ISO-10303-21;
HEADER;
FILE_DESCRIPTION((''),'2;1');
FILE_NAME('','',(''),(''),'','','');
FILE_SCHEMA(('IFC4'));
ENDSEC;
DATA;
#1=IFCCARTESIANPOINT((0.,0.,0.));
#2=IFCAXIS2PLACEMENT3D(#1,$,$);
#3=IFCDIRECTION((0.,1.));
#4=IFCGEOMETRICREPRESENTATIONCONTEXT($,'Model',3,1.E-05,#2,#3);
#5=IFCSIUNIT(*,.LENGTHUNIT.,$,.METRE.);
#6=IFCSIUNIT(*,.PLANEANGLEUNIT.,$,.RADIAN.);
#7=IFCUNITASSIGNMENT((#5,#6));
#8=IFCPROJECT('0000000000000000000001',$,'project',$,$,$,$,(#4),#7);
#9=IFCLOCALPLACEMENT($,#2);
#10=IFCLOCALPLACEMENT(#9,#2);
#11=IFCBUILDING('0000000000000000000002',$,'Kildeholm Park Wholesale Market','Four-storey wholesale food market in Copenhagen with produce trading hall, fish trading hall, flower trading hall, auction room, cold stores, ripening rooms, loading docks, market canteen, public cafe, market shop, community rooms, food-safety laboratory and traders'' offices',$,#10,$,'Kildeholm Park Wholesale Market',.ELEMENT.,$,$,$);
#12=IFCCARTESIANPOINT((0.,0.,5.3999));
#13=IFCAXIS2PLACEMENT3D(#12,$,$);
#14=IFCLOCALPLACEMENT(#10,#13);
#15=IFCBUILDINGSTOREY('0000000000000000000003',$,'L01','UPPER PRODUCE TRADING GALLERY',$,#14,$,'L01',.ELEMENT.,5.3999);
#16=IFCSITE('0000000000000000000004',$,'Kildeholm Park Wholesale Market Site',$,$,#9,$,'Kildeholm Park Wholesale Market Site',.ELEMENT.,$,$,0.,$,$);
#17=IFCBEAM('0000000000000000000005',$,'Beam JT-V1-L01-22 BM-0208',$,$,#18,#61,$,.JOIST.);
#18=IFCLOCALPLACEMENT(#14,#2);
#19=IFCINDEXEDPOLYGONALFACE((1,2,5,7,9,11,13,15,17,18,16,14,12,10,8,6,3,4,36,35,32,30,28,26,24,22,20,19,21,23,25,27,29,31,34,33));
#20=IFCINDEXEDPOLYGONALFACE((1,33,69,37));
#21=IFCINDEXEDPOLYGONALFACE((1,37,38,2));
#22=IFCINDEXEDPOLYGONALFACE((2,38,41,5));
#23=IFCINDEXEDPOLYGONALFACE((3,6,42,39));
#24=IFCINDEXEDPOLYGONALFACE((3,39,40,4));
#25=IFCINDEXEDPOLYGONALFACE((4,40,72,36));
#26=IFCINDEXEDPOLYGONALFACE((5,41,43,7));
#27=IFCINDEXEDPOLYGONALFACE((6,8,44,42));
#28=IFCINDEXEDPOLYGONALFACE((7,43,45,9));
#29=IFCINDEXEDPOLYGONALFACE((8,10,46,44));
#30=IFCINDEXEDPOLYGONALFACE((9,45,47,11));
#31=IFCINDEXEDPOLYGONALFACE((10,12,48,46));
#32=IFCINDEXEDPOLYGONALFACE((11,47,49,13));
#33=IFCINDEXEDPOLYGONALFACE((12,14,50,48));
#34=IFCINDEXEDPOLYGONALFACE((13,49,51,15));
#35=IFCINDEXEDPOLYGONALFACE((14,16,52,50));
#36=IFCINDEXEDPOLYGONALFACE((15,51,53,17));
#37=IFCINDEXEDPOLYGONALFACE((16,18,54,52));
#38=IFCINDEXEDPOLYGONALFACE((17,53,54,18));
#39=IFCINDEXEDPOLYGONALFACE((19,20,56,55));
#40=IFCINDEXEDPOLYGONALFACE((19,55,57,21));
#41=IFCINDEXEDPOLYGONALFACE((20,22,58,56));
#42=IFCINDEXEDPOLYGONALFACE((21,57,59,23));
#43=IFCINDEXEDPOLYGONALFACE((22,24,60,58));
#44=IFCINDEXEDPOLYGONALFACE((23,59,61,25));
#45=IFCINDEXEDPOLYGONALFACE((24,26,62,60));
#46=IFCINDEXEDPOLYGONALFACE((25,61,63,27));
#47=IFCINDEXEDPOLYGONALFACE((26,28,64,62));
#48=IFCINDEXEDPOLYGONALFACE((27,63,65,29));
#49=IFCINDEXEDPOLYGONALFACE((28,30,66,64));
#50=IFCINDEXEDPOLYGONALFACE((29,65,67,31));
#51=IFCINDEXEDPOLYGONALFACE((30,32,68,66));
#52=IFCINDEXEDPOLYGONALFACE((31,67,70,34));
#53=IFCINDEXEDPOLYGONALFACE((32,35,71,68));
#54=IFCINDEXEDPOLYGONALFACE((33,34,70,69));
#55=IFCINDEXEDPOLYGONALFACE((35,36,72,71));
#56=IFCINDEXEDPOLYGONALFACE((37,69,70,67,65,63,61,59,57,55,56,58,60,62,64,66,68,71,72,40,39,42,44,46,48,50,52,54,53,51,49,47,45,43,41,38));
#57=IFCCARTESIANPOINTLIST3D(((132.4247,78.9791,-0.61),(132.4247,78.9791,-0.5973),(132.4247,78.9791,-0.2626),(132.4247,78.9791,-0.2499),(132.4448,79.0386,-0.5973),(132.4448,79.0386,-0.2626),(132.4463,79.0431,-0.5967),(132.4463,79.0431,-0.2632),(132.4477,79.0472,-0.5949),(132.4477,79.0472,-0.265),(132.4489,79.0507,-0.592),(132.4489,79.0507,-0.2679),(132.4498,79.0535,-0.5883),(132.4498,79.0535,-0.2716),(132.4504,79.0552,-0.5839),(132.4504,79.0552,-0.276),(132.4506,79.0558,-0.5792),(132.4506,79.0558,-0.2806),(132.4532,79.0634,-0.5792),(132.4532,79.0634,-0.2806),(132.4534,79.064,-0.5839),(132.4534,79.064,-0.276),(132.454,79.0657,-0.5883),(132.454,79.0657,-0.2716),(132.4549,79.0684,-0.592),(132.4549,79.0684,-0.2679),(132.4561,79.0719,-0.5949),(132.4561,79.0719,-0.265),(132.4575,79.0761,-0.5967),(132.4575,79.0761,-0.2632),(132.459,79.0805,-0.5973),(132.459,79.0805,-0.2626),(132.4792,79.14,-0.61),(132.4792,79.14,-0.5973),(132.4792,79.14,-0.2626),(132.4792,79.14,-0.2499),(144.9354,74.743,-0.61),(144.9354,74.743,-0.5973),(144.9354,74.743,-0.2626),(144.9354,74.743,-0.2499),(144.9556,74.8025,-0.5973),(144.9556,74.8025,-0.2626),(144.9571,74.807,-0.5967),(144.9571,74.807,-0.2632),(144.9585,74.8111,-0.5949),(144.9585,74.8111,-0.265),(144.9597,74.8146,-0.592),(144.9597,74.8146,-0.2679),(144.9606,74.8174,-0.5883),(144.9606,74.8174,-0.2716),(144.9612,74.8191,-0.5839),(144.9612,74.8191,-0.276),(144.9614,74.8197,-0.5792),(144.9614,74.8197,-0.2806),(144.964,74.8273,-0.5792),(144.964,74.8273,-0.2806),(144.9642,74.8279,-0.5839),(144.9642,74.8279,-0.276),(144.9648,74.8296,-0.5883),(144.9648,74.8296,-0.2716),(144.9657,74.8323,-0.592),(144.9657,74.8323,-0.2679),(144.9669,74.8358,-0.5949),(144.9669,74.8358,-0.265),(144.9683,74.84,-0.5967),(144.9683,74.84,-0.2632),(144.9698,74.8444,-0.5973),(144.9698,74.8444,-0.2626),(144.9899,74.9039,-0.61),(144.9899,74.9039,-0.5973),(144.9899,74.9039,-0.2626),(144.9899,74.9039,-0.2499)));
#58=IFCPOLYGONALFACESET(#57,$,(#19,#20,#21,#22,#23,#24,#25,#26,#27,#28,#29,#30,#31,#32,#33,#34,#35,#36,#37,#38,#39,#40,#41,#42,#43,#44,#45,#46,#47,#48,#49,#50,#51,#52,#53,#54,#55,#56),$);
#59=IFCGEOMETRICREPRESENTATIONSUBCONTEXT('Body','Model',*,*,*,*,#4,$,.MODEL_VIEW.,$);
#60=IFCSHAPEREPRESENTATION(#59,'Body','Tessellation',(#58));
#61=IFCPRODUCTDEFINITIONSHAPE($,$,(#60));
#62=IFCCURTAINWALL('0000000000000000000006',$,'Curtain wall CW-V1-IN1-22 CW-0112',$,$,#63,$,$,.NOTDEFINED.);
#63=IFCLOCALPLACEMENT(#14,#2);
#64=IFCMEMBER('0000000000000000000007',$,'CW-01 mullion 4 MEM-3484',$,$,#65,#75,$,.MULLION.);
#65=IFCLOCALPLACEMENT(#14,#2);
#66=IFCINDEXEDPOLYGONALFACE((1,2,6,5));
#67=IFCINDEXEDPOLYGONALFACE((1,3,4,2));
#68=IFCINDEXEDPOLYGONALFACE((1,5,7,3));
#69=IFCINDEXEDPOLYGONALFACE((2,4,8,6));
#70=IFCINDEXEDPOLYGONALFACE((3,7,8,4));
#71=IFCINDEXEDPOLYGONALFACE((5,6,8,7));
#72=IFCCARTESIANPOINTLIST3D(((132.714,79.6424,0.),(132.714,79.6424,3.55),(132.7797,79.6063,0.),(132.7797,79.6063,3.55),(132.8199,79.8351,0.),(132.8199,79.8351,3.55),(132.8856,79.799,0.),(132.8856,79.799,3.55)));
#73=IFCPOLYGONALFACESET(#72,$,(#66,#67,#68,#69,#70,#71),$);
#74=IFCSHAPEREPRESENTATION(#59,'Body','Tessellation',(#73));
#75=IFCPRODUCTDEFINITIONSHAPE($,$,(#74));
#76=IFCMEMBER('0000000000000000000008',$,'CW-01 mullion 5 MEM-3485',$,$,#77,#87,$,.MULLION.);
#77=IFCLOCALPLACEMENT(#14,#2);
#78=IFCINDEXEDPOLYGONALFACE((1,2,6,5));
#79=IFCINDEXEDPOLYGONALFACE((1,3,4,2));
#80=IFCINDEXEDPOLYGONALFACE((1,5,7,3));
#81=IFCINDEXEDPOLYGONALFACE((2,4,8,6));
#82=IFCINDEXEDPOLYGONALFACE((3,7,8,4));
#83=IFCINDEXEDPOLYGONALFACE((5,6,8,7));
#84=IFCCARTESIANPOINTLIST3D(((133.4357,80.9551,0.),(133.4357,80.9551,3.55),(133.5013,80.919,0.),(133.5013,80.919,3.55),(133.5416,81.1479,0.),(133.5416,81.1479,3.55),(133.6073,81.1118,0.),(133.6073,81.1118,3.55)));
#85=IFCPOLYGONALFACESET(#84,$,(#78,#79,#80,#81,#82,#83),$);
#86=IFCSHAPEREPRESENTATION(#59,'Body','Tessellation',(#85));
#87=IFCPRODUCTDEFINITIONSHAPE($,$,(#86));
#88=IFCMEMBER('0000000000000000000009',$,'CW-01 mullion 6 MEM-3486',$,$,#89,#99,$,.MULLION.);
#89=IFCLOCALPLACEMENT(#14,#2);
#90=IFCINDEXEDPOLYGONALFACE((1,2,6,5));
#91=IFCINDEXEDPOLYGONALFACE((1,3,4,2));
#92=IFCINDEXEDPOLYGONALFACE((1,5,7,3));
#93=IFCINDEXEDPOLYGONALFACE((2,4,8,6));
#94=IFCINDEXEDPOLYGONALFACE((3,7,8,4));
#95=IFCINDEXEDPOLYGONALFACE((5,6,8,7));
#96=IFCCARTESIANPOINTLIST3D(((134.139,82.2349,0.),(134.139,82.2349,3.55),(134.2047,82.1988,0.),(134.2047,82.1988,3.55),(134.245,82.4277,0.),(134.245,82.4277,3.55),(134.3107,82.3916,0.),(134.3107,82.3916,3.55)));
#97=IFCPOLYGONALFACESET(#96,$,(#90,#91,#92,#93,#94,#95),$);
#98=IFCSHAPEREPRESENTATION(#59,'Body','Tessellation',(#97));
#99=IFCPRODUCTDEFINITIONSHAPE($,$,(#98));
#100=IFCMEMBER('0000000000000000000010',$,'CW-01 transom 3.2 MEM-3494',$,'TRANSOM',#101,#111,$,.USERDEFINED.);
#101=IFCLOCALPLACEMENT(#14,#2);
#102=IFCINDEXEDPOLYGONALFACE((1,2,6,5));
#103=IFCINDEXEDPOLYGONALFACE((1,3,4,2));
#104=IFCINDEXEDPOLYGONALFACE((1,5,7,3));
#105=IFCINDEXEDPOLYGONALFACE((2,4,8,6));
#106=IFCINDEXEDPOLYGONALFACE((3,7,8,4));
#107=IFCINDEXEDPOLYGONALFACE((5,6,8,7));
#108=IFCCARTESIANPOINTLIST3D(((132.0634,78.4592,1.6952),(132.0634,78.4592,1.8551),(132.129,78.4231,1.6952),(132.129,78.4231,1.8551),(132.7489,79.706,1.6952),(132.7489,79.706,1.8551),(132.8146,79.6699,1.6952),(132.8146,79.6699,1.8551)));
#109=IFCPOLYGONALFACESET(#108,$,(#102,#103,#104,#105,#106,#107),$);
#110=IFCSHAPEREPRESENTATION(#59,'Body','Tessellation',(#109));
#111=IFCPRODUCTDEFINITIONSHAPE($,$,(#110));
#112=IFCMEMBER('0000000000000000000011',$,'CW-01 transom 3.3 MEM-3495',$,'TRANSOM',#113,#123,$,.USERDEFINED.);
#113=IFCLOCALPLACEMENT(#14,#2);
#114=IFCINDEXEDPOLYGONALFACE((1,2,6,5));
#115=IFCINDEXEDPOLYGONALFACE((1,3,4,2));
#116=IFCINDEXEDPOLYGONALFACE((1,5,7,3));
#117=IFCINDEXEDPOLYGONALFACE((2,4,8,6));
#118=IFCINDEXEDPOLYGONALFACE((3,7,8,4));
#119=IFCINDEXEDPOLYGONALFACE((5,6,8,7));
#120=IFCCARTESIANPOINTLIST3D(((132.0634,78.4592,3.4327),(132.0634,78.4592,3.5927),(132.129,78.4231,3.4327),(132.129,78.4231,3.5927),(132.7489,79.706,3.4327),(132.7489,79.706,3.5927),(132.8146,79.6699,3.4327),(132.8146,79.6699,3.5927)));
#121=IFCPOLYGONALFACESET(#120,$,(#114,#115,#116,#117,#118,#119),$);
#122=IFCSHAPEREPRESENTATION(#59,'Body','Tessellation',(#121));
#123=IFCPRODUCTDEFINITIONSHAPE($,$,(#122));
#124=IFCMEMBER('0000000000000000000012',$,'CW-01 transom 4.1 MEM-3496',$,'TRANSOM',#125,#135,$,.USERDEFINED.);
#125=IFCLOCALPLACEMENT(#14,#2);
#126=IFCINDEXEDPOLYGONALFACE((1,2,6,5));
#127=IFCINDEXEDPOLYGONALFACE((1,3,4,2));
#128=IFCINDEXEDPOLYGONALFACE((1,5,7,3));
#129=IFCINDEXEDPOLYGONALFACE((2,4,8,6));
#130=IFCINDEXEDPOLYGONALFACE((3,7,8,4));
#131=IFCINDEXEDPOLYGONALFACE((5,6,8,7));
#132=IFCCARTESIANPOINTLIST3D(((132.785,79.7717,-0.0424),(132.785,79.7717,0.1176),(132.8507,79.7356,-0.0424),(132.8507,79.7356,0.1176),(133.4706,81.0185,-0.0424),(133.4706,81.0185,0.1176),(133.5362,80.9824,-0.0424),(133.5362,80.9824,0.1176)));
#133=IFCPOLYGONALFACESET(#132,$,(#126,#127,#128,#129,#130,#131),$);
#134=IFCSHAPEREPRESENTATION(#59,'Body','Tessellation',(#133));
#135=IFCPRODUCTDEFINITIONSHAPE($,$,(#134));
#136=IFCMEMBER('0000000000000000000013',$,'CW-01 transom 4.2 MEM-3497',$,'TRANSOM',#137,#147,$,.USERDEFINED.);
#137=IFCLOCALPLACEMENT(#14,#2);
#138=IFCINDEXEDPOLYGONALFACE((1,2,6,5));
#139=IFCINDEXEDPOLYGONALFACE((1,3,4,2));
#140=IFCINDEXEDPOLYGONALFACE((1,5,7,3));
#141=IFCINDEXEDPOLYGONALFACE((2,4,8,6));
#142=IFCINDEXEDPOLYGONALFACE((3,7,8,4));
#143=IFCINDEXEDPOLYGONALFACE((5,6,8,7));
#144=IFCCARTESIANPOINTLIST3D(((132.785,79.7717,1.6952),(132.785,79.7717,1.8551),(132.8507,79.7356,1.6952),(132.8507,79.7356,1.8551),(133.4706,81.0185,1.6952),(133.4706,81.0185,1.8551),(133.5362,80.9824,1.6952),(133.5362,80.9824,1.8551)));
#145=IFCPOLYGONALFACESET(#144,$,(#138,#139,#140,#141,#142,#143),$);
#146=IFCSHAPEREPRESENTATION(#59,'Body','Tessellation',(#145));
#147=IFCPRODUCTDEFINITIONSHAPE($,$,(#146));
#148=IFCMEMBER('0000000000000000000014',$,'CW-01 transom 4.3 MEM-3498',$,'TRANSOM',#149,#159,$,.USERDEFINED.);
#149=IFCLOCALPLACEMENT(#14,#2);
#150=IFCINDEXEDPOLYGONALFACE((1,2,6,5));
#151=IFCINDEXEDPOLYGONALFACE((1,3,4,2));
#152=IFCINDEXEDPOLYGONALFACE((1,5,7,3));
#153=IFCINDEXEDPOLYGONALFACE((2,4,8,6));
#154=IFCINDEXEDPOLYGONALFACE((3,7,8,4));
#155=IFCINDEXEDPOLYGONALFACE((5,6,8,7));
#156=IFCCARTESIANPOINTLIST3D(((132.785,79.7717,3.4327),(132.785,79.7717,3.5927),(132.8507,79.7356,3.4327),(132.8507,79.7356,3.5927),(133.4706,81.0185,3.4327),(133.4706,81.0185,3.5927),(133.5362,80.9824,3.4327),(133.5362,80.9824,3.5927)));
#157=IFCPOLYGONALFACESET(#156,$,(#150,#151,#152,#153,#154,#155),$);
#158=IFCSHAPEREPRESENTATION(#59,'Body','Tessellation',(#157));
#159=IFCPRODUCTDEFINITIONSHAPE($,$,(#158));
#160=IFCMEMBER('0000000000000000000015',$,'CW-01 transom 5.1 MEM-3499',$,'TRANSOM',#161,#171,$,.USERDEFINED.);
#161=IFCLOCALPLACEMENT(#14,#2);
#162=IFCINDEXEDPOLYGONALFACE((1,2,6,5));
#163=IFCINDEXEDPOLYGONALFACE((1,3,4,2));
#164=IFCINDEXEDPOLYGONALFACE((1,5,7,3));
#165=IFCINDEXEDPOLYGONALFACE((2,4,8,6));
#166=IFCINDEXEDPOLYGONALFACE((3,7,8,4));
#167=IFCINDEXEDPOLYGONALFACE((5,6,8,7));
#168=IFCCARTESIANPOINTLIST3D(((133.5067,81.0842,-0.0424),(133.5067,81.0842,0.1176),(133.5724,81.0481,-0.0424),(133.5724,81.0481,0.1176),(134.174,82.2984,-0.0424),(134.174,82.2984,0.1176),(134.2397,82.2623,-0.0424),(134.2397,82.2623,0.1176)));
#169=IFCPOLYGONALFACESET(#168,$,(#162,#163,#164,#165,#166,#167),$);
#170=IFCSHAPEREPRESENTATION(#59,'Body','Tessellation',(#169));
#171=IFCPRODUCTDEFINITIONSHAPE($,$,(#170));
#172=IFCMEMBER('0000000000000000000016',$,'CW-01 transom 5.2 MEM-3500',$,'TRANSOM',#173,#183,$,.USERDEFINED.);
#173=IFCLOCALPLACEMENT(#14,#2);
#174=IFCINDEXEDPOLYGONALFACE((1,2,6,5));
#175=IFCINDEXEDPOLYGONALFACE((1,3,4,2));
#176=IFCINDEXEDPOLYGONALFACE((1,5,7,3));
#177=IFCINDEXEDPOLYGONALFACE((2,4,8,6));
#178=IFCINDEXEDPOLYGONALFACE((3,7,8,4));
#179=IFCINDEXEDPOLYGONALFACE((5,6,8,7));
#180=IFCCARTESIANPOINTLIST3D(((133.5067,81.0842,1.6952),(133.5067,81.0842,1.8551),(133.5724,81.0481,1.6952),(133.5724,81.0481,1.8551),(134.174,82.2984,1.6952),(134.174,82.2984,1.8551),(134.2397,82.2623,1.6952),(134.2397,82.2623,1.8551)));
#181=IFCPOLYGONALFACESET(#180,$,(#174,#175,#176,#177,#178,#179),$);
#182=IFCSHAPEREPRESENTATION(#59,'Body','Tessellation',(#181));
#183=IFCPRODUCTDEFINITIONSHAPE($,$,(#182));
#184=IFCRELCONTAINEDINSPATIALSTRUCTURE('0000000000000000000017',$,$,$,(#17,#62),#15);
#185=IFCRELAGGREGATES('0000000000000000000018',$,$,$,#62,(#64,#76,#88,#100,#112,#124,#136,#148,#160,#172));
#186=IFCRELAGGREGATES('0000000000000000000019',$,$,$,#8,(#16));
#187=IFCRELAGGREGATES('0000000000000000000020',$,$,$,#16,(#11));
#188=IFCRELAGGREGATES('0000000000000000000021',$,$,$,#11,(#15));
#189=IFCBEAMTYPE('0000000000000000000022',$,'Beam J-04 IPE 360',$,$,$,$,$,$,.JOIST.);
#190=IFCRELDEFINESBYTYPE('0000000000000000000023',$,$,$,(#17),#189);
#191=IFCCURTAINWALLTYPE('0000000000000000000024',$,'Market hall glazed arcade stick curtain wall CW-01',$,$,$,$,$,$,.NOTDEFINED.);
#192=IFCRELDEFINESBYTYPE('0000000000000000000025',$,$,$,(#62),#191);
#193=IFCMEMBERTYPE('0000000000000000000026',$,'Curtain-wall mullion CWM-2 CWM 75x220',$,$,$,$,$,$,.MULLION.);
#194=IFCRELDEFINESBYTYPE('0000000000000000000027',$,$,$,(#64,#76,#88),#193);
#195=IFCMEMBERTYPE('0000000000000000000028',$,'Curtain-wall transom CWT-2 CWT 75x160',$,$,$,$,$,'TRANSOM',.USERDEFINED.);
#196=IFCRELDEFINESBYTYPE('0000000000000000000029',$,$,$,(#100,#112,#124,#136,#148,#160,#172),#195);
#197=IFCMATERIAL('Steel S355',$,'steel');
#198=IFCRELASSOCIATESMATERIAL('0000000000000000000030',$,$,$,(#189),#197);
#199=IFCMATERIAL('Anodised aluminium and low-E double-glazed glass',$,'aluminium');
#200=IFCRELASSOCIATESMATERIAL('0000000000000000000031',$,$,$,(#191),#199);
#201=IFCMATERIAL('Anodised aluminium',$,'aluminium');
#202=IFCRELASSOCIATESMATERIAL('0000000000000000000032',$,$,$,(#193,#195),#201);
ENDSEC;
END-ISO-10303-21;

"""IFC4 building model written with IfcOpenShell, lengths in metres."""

from ifc_helpers import new_model, si_unit, direction, frame, origin, origin_2d, place, context, subcontext, project, spatial, rectangle, i_section, extrude, material, material_profile, profile_set, type_object, element, aggregate, save


model = new_model("IFC4")

# Units and contexts
model_context = context("Model", 3, precision=1e-05, world=origin(), true_north=direction((0.0, 1.0)))
body_context = subcontext(model_context, "Body", "Model", "MODEL_VIEW")
ifc_project = project(units=[si_unit("LENGTHUNIT", "METRE"), si_unit("PLANEANGLEUNIT", "RADIAN")], contexts=[model_context])

# Site, building, storey
site_placement = place(None, origin())
site = spatial("IfcSite", under=ifc_project, at=site_placement, Name="Kildeholm Park Wholesale Market Site", LongName="Kildeholm Park Wholesale Market Site", CompositionType="ELEMENT", RefElevation=0.0)
building_placement = place(site_placement, origin())
building = spatial("IfcBuilding", under=site, at=building_placement, Name="Kildeholm Park Wholesale Market", Description="Four-storey wholesale food market in Copenhagen with produce trading hall, fish trading hall, flower trading hall, auction room, cold stores, ripening rooms, loading docks, market canteen, public cafe, market shop, community rooms, food-safety laboratory and traders' offices", LongName="Kildeholm Park Wholesale Market", CompositionType="ELEMENT")
storey_placement = place(building_placement, frame((0.0, 0.0, 5.3999)))
storey = spatial("IfcBuildingStorey", under=building, at=storey_placement, Name="L01", Description="UPPER PRODUCE TRADING GALLERY", LongName="L01", CompositionType="ELEMENT", Elevation=5.3999)

# Beam
ifc_material_1 = material(Name="Steel S355", Category="steel")
ifc_material_profile_1 = material_profile(ifc_material_1, i_section(OverallWidth=0.1699, OverallDepth=0.3601, WebThickness=0.0081, FlangeThickness=0.0127, FilletRadius=0.0181, at=origin_2d()), Name="IPE 360")
ifc_profile_set_1 = profile_set([ifc_material_profile_1], Name="Steel S355")
beam_type = type_object("IfcBeamType", Name="Beam J-04 IPE 360", PredefinedType="JOIST", material=ifc_profile_set_1)
beam_placement = place(storey_placement, frame((132.4519, 79.0596, -0.4299), z_axis=(0.947177, -0.32071, 0.0), x_axis=(0.32071, 0.947177, 0.0)))
element("IfcBeam", 1, at=beam_placement, inside=storey, type_object=beam_type, Name="Beam JT-V1-L01-22 BM-0208", PredefinedType="JOIST", context=body_context, shape_type="SweptSolid", body=[
    extrude(i_section(OverallWidth=0.1699, OverallDepth=0.3601, WebThickness=0.0081, FlangeThickness=0.0127, FilletRadius=0.0181, at=origin_2d()), origin(), (0.0, 0.0, 1.0), 13.2085),
])

# Curtain wall, members
ifc_material_2 = material(Name="Anodised aluminium and low-E double-glazed glass", Category="aluminium")
curtain_wall_type = type_object("IfcCurtainWallType", Name="Market hall glazed arcade stick curtain wall CW-01", PredefinedType="NOTDEFINED", material=ifc_material_2)
curtain_wall_placement = place(storey_placement, origin())
curtain_wall = element("IfcCurtainWall", 2, at=curtain_wall_placement, inside=storey, type_object=curtain_wall_type, Name="Curtain wall CW-V1-IN1-22 CW-0112", PredefinedType="NOTDEFINED")
ifc_material_3 = material(Name="Anodised aluminium", Category="aluminium")
ifc_material_profile_2 = material_profile(ifc_material_3, rectangle(XDim=0.075, YDim=0.22, at=origin_2d()), Name="CWM 75x220")
ifc_profile_set_2 = profile_set([ifc_material_profile_2], Name="Anodised aluminium")
member_type_1 = type_object("IfcMemberType", Name="Curtain-wall mullion CWM-2 CWM 75x220", PredefinedType="MULLION", material=ifc_profile_set_2)
member_1_placement = place(storey_placement, frame((132.7998, 79.7207, 0.0), z_axis=(0.0, 0.0, 1.0), x_axis=(-0.876309, 0.48175, 0.0)))
member_1 = element("IfcMember", 3, at=member_1_placement, type_object=member_type_1, Name="CW-01 mullion 4 MEM-3484", PredefinedType="MULLION", context=body_context, shape_type="SweptSolid", body=[
    extrude(rectangle(XDim=0.075, YDim=0.22, at=origin_2d()), origin(), (0.0, 0.0, 1.0), 3.55),
])
member_2_placement = place(storey_placement, frame((133.5215, 81.0334, 0.0), z_axis=(0.0, 0.0, 1.0), x_axis=(-0.876309, 0.48175, 0.0)))
member_2 = element("IfcMember", 4, at=member_2_placement, type_object=member_type_1, Name="CW-01 mullion 5 MEM-3485", PredefinedType="MULLION", context=body_context, shape_type="SweptSolid", body=[
    extrude(rectangle(XDim=0.075, YDim=0.22, at=origin_2d()), origin(), (0.0, 0.0, 1.0), 3.55),
])
member_3_placement = place(storey_placement, frame((134.2249, 82.3132, 0.0), z_axis=(0.0, 0.0, 1.0), x_axis=(-0.876309, 0.48175, 0.0)))
member_3 = element("IfcMember", 5, at=member_3_placement, type_object=member_type_1, Name="CW-01 mullion 6 MEM-3486", PredefinedType="MULLION", context=body_context, shape_type="SweptSolid", body=[
    extrude(rectangle(XDim=0.075, YDim=0.22, at=origin_2d()), origin(), (0.0, 0.0, 1.0), 3.55),
])
ifc_material_profile_3 = material_profile(ifc_material_3, rectangle(XDim=0.075, YDim=0.1599, at=origin_2d()), Name="CWT 75x160")
ifc_profile_set_3 = profile_set([ifc_material_profile_3], Name="Anodised aluminium")
member_type_2 = type_object("IfcMemberType", Name="Curtain-wall transom CWT-2 CWT 75x160", ElementType="TRANSOM", PredefinedType="USERDEFINED", material=ifc_profile_set_3)
member_4_placement = place(storey_placement, frame((132.0962, 78.4412, 1.7751), z_axis=(0.481807, 0.876277, 0.0), x_axis=(-0.876277, 0.481807, 0.0)))
member_4 = element("IfcMember", 6, at=member_4_placement, type_object=member_type_2, Name="CW-01 transom 3.2 MEM-3494", ObjectType="TRANSOM", PredefinedType="USERDEFINED", context=body_context, shape_type="SweptSolid", body=[
    extrude(rectangle(XDim=0.075, YDim=0.1599, at=origin_2d()), origin(), (0.0, 0.0, 1.0), 1.4229),
])
member_5_placement = place(storey_placement, frame((132.0962, 78.4412, 3.5127), z_axis=(0.481807, 0.876277, 0.0), x_axis=(-0.876277, 0.481807, 0.0)))
member_5 = element("IfcMember", 7, at=member_5_placement, type_object=member_type_2, Name="CW-01 transom 3.3 MEM-3495", ObjectType="TRANSOM", PredefinedType="USERDEFINED", context=body_context, shape_type="SweptSolid", body=[
    extrude(rectangle(XDim=0.075, YDim=0.1599, at=origin_2d()), origin(), (0.0, 0.0, 1.0), 1.4229),
])
member_6_placement = place(storey_placement, frame((132.8179, 79.7537, 0.0376), z_axis=(0.481807, 0.876277, 0.0), x_axis=(-0.876277, 0.481807, 0.0)))
member_6 = element("IfcMember", 8, at=member_6_placement, type_object=member_type_2, Name="CW-01 transom 4.1 MEM-3496", ObjectType="TRANSOM", PredefinedType="USERDEFINED", context=body_context, shape_type="SweptSolid", body=[
    extrude(rectangle(XDim=0.075, YDim=0.1599, at=origin_2d()), origin(), (0.0, 0.0, 1.0), 1.4229),
])
member_7_placement = place(storey_placement, frame((132.8179, 79.7537, 1.7751), z_axis=(0.481807, 0.876277, 0.0), x_axis=(-0.876277, 0.481807, 0.0)))
member_7 = element("IfcMember", 9, at=member_7_placement, type_object=member_type_2, Name="CW-01 transom 4.2 MEM-3497", ObjectType="TRANSOM", PredefinedType="USERDEFINED", context=body_context, shape_type="SweptSolid", body=[
    extrude(rectangle(XDim=0.075, YDim=0.1599, at=origin_2d()), origin(), (0.0, 0.0, 1.0), 1.4229),
])
member_8_placement = place(storey_placement, frame((132.8179, 79.7537, 3.5127), z_axis=(0.481807, 0.876277, 0.0), x_axis=(-0.876277, 0.481807, 0.0)))
member_8 = element("IfcMember", 10, at=member_8_placement, type_object=member_type_2, Name="CW-01 transom 4.3 MEM-3498", ObjectType="TRANSOM", PredefinedType="USERDEFINED", context=body_context, shape_type="SweptSolid", body=[
    extrude(rectangle(XDim=0.075, YDim=0.1599, at=origin_2d()), origin(), (0.0, 0.0, 1.0), 1.4229),
])
member_9_placement = place(storey_placement, frame((133.5396, 81.0662, 0.0376), z_axis=(0.481628, 0.876376, 0.0), x_axis=(-0.876376, 0.481628, 0.0)))
member_9 = element("IfcMember", 11, at=member_9_placement, type_object=member_type_2, Name="CW-01 transom 5.1 MEM-3499", ObjectType="TRANSOM", PredefinedType="USERDEFINED", context=body_context, shape_type="SweptSolid", body=[
    extrude(rectangle(XDim=0.075, YDim=0.1599, at=origin_2d()), origin(), (0.0, 0.0, 1.0), 1.3855),
])
member_10_placement = place(storey_placement, frame((133.5396, 81.0662, 1.7751), z_axis=(0.481628, 0.876376, 0.0), x_axis=(-0.876376, 0.481628, 0.0)))
member_10 = element("IfcMember", 12, at=member_10_placement, type_object=member_type_2, Name="CW-01 transom 5.2 MEM-3500", ObjectType="TRANSOM", PredefinedType="USERDEFINED", context=body_context, shape_type="SweptSolid", body=[
    extrude(rectangle(XDim=0.075, YDim=0.1599, at=origin_2d()), origin(), (0.0, 0.0, 1.0), 1.3855),
])
aggregate(curtain_wall, [member_1, member_2, member_3, member_4, member_5, member_6, member_7, member_8, member_9, member_10])

save(model, "model.ifc")
